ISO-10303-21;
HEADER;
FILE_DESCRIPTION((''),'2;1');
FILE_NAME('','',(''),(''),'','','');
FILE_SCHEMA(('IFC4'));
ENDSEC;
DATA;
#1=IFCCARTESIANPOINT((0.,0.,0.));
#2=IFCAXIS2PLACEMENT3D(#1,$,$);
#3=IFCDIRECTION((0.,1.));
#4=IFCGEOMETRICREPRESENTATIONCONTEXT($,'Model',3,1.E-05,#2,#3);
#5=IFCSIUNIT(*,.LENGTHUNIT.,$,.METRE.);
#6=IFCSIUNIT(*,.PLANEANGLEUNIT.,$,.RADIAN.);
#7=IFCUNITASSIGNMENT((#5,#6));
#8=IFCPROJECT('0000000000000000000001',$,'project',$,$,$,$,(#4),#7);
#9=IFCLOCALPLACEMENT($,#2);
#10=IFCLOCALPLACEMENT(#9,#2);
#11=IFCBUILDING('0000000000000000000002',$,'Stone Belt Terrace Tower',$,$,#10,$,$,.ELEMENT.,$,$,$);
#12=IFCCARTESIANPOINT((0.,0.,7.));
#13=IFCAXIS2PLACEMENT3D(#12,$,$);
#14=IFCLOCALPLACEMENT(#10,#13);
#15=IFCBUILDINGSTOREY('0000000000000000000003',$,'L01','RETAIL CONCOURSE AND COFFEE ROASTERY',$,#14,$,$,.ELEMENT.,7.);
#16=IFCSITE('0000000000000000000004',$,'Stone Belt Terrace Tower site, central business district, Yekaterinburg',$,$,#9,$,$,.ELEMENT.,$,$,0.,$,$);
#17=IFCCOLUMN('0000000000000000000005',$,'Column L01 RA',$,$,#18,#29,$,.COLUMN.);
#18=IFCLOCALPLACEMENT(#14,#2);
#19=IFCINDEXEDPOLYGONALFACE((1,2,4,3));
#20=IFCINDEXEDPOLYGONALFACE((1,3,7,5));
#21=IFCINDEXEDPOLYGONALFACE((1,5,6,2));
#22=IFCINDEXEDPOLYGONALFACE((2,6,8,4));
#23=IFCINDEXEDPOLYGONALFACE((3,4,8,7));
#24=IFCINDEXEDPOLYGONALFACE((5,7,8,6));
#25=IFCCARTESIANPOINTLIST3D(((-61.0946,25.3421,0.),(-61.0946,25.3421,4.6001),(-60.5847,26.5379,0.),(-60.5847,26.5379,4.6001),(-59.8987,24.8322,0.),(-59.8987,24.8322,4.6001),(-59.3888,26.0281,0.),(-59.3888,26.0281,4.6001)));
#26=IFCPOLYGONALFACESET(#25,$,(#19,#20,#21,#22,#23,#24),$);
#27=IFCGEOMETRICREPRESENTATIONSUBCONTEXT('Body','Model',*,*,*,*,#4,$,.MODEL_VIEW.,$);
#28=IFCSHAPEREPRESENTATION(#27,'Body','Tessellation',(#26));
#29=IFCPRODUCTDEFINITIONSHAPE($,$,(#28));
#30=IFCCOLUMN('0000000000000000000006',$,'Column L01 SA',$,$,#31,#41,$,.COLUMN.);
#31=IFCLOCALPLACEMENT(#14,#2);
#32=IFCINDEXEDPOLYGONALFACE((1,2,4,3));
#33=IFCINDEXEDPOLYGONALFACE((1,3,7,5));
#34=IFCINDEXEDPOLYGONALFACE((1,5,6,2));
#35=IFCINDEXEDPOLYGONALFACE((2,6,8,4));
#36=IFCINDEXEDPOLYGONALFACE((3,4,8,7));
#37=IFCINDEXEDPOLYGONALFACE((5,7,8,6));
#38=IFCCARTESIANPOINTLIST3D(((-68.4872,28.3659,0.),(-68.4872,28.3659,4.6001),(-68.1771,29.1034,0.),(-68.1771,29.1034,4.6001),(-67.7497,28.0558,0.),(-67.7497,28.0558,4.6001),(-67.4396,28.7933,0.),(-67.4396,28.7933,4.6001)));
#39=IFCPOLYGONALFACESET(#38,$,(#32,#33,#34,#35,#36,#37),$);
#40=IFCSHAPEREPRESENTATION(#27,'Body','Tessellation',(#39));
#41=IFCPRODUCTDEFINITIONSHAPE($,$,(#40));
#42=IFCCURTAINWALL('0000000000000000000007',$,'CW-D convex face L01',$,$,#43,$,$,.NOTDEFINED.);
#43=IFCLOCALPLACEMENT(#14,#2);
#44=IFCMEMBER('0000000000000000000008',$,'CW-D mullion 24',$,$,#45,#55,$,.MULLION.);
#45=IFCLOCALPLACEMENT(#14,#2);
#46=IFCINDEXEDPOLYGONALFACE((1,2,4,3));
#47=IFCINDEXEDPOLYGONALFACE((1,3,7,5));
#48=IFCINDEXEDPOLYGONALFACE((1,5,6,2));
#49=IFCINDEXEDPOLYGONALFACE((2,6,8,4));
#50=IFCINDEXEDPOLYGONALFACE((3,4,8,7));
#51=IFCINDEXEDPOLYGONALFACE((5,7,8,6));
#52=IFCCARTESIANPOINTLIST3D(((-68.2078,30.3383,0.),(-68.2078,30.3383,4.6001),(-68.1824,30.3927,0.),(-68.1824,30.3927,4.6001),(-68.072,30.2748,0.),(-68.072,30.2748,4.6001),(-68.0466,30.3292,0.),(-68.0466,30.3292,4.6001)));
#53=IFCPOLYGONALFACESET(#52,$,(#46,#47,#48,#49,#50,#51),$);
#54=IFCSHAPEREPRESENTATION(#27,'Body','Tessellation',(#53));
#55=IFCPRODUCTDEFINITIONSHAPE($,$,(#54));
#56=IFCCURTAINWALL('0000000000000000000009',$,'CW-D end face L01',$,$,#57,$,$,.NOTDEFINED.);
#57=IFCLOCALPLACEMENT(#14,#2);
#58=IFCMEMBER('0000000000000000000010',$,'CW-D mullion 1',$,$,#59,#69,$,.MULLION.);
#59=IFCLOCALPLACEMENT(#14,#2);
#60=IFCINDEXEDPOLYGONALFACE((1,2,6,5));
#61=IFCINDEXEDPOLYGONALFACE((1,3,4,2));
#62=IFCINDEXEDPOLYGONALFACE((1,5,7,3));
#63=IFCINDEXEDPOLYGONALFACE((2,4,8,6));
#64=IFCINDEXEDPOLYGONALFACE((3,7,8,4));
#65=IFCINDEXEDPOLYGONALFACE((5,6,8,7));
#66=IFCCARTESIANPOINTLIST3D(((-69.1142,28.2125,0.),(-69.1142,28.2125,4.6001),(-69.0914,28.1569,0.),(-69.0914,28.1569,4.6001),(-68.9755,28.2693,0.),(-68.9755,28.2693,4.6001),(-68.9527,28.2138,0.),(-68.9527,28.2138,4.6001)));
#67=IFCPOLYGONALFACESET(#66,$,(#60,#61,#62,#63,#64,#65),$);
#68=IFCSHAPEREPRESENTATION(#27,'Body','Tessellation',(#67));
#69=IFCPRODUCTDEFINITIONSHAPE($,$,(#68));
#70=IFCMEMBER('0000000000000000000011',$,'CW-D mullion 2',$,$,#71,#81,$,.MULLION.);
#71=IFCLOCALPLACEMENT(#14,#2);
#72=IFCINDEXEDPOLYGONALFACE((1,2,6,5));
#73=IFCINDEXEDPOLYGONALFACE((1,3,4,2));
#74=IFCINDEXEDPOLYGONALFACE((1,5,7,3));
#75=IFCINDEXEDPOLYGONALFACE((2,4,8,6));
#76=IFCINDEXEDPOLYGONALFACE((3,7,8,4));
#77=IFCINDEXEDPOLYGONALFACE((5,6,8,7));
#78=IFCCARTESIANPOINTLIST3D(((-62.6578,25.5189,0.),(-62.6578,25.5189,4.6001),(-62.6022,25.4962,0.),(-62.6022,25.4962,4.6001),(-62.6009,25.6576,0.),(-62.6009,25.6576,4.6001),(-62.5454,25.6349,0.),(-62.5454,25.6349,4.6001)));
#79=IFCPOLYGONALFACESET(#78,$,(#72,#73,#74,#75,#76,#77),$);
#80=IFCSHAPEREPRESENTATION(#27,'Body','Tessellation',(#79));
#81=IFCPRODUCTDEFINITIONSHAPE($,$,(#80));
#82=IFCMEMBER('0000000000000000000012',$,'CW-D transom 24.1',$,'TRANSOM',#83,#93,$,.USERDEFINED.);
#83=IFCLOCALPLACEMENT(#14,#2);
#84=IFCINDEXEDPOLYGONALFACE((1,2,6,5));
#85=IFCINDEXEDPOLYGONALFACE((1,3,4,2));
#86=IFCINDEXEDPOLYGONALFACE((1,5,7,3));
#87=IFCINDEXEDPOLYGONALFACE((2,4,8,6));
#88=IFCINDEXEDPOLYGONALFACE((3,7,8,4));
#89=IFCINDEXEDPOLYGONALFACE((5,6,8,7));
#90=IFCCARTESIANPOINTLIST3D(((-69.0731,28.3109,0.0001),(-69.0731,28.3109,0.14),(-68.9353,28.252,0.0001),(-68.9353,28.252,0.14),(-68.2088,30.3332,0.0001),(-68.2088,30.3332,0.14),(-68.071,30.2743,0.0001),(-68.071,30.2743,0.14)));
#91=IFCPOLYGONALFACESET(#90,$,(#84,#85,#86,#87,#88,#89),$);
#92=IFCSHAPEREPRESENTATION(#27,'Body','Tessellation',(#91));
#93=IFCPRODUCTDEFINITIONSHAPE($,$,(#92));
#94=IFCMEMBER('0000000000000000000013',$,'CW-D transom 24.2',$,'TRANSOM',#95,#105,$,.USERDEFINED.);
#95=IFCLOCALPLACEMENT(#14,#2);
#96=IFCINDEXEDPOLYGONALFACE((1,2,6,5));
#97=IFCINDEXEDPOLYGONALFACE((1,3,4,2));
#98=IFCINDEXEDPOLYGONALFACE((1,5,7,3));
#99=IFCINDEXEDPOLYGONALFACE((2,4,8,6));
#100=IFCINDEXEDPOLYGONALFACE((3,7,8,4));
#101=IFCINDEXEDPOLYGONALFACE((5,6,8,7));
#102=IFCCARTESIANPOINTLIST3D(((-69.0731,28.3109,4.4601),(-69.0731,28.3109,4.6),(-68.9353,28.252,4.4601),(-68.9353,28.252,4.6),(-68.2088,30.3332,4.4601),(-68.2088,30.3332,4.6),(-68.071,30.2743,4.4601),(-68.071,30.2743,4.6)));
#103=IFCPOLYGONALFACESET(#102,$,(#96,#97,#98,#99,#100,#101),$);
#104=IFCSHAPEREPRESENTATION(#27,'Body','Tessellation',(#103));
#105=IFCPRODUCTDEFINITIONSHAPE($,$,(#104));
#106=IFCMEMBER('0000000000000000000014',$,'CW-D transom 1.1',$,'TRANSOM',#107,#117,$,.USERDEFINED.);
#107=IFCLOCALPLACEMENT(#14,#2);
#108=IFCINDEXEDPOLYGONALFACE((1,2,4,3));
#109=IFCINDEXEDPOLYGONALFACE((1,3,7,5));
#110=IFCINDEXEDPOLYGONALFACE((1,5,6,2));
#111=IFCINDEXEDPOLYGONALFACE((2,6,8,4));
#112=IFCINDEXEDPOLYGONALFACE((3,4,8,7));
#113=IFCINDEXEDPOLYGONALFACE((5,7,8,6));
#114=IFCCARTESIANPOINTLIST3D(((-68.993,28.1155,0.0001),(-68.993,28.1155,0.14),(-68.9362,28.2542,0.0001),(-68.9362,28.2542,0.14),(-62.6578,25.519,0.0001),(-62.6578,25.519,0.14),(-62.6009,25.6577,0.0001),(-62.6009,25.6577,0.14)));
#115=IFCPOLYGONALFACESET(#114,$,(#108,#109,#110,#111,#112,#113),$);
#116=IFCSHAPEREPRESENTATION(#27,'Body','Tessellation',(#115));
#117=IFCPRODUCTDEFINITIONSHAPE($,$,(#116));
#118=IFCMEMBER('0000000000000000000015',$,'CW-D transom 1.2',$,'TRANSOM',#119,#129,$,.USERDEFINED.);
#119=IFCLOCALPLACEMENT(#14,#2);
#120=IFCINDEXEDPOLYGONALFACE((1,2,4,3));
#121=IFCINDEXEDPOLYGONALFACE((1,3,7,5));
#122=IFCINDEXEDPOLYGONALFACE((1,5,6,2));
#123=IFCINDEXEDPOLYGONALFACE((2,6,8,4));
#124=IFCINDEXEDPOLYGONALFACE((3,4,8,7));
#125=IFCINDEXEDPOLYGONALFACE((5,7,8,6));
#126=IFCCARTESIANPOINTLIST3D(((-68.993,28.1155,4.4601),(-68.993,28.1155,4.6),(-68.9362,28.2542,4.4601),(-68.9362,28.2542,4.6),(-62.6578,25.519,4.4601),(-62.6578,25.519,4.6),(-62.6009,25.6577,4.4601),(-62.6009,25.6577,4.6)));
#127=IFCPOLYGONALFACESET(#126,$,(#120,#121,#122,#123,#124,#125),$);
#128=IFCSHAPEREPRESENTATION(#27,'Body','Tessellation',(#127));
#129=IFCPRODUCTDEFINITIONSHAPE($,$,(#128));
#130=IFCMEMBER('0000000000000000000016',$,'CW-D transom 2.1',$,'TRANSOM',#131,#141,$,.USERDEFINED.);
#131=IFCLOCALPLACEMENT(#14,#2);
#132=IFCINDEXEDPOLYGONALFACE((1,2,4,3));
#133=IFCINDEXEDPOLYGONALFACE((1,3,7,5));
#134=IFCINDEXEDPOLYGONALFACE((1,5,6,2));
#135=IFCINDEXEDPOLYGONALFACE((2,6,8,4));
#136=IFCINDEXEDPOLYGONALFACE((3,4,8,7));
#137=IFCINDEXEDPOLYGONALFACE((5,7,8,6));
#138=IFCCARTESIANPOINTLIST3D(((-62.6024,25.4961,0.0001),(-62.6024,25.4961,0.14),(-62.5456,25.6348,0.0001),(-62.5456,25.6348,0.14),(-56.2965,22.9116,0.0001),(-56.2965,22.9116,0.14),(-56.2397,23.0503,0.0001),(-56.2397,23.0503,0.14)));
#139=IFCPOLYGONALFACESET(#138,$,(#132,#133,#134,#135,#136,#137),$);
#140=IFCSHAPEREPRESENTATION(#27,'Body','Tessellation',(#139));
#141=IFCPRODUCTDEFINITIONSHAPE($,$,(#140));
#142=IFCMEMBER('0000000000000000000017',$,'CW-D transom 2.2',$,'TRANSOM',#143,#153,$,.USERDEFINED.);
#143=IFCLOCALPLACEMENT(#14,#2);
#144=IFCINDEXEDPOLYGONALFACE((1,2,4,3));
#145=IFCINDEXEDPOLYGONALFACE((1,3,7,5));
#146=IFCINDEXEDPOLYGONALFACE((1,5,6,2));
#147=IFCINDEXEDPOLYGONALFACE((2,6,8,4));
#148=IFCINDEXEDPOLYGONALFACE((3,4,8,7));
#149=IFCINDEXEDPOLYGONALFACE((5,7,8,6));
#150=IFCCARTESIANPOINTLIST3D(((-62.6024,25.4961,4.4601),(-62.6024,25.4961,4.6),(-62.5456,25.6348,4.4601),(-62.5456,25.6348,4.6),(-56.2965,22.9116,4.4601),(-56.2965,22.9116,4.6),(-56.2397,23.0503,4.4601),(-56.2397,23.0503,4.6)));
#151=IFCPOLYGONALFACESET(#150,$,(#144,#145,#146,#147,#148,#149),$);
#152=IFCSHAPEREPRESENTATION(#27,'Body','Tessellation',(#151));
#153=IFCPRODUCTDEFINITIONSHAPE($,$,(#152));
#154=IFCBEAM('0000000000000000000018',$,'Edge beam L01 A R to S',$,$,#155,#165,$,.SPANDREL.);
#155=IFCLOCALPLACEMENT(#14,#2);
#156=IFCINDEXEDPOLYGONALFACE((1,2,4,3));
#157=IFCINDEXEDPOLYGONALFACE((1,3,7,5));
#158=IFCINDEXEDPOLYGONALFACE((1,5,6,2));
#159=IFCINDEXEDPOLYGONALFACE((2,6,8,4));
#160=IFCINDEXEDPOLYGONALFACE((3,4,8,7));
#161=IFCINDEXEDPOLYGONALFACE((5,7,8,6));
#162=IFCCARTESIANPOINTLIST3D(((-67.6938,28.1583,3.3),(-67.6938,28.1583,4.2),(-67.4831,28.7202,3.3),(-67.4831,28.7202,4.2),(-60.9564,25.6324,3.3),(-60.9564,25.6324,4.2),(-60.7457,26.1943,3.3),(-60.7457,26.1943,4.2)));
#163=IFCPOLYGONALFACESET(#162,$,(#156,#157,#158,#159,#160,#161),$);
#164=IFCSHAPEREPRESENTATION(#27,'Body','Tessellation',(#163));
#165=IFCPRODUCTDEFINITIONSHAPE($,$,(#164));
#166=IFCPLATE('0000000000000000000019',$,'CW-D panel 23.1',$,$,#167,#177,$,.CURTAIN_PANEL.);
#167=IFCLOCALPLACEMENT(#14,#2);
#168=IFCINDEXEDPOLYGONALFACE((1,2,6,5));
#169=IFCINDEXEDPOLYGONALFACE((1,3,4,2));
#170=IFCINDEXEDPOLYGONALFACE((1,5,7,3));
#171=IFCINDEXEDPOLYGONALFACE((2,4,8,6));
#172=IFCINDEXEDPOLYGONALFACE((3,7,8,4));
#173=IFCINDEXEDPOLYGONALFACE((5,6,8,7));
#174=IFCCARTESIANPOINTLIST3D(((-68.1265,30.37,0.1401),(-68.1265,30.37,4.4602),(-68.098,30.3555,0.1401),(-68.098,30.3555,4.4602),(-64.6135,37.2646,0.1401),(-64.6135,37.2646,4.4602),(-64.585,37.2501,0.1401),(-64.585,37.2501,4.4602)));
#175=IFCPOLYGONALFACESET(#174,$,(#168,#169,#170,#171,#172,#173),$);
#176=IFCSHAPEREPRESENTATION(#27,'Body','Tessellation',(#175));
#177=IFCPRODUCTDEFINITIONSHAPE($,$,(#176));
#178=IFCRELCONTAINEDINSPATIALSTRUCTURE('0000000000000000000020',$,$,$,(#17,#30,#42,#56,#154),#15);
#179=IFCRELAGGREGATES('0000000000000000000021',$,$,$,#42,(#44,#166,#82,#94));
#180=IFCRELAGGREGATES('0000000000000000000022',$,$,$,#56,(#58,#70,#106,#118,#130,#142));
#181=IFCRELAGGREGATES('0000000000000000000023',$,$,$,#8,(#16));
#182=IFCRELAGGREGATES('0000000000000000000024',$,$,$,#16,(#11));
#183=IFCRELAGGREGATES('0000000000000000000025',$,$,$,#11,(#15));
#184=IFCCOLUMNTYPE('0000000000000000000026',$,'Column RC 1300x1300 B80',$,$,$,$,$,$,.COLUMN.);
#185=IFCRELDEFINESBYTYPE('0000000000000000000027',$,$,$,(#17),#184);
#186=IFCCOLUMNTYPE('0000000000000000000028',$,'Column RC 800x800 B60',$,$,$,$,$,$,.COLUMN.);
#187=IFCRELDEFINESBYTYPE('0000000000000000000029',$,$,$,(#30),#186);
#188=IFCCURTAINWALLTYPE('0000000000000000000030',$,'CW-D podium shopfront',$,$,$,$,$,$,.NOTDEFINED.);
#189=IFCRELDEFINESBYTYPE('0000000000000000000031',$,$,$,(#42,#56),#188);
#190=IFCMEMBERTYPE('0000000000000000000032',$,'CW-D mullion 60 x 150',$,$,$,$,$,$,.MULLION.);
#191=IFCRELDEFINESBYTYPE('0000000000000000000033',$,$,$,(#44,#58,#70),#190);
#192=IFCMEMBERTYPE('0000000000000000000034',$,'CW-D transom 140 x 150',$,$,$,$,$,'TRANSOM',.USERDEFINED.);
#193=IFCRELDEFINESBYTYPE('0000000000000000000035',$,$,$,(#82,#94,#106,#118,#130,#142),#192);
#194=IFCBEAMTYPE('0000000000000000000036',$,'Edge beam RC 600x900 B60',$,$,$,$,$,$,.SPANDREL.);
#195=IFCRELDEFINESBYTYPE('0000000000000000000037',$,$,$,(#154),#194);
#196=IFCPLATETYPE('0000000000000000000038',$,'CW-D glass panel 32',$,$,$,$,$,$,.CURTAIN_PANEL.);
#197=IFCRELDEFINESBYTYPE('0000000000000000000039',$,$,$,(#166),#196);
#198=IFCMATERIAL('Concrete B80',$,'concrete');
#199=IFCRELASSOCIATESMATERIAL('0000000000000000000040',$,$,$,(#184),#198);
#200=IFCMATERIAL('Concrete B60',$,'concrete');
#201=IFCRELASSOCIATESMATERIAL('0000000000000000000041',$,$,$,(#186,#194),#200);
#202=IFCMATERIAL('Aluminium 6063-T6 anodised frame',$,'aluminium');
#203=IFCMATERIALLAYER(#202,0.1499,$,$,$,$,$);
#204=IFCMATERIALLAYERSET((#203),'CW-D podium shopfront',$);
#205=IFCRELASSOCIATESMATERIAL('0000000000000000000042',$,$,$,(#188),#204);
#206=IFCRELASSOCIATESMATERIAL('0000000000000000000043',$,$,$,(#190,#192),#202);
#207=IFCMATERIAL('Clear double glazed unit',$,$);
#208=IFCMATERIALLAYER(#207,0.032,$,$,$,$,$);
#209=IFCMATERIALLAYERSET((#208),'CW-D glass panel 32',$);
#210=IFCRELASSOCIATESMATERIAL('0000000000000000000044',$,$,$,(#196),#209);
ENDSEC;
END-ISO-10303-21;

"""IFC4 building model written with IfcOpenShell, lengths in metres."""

from ifc_helpers import new_model, si_unit, direction, frame, origin, origin_2d, place, context, subcontext, project, spatial, rectangle, extrude, material, layer, layer_set, material_profile, profile_set, type_object, element, aggregate, save


model = new_model("IFC4")

# Units and contexts
model_context = context("Model", 3, precision=1e-05, world=origin(), true_north=direction((0.0, 1.0)))
body_context = subcontext(model_context, "Body", "Model", "MODEL_VIEW")
ifc_project = project(units=[si_unit("LENGTHUNIT", "METRE"), si_unit("PLANEANGLEUNIT", "RADIAN")], contexts=[model_context])

# Site, building, storey
site_placement = place(None, origin())
site = spatial("IfcSite", under=ifc_project, at=site_placement, Name="Stone Belt Terrace Tower site, central business district, Yekaterinburg", CompositionType="ELEMENT", RefElevation=0.0)
building_placement = place(site_placement, origin())
building = spatial("IfcBuilding", under=site, at=building_placement, Name="Stone Belt Terrace Tower", CompositionType="ELEMENT")
storey_placement = place(building_placement, frame((0.0, 0.0, 7.0)))
storey = spatial("IfcBuildingStorey", under=building, at=storey_placement, Name="L01", Description="RETAIL CONCOURSE AND COFFEE ROASTERY", CompositionType="ELEMENT", Elevation=7.0)

# Columns
ifc_material_1 = material(Name="Concrete B80", Category="concrete")
ifc_material_profile_1 = material_profile(ifc_material_1, rectangle(XDim=1.3, YDim=1.3, at=origin_2d()), Name="RC 1300x1300")
ifc_profile_set_1 = profile_set([ifc_material_profile_1], Name="Concrete B80")
column_type_1 = type_object("IfcColumnType", Name="Column RC 1300x1300 B80", PredefinedType="COLUMN", material=ifc_profile_set_1)
column_1_placement = place(storey_placement, frame((-60.2417, 25.6851, 0.0), z_axis=(0.0, 0.0, 1.0), x_axis=(0.392204, 0.919878, 0.0)))
element("IfcColumn", 1, at=column_1_placement, inside=storey, type_object=column_type_1, Name="Column L01 RA", PredefinedType="COLUMN", context=body_context, shape_type="SweptSolid", body=[
    extrude(rectangle(XDim=1.3, YDim=1.3, at=origin_2d()), origin(), (0.0, 0.0, 1.0), 4.6001),
])
ifc_material_2 = material(Name="Concrete B60", Category="concrete")
ifc_material_profile_2 = material_profile(ifc_material_2, rectangle(XDim=0.8, YDim=0.8, at=origin_2d()), Name="RC 800x800")
ifc_profile_set_2 = profile_set([ifc_material_profile_2], Name="Concrete B60")
column_type_2 = type_object("IfcColumnType", Name="Column RC 800x800 B60", PredefinedType="COLUMN", material=ifc_profile_set_2)
column_2_placement = place(storey_placement, frame((-67.9634, 28.5796, 0.0), z_axis=(0.0, 0.0, 1.0), x_axis=(0.387636, 0.921812, 0.0)))
element("IfcColumn", 2, at=column_2_placement, inside=storey, type_object=column_type_2, Name="Column L01 SA", PredefinedType="COLUMN", context=body_context, shape_type="SweptSolid", body=[
    extrude(rectangle(XDim=0.8, YDim=0.8, at=origin_2d()), origin(), (0.0, 0.0, 1.0), 4.6001),
])

# Curtain wall, member
ifc_material_3 = material(Name="Aluminium 6063-T6 anodised frame", Category="aluminium")
ifc_layer_1 = layer(ifc_material_3, 0.1499)
ifc_layer_set_1 = layer_set([ifc_layer_1], Name="CW-D podium shopfront")
curtain_wall_type = type_object("IfcCurtainWallType", Name="CW-D podium shopfront", PredefinedType="NOTDEFINED", material=ifc_layer_set_1)
curtain_wall_1_placement = place(storey_placement, origin())
curtain_wall_1 = element("IfcCurtainWall", 3, at=curtain_wall_1_placement, inside=storey, type_object=curtain_wall_type, Name="CW-D convex face L01", PredefinedType="NOTDEFINED")
ifc_material_profile_3 = material_profile(ifc_material_3, rectangle(XDim=0.1499, YDim=0.0601, at=origin_2d()), Name="Aluminium 6063-T6 60x150")
ifc_profile_set_3 = profile_set([ifc_material_profile_3], Name="Aluminium 6063-T6 anodised frame")
member_type_1 = type_object("IfcMemberType", Name="CW-D mullion 60 x 150", PredefinedType="MULLION", material=ifc_profile_set_3)
member_1_placement = place(storey_placement, frame((-68.1272, 30.3337, 0.0), z_axis=(0.0, 0.0, 1.0), x_axis=(0.905778, -0.423752, 0.0)))
member_1 = element("IfcMember", 4, at=member_1_placement, type_object=member_type_1, Name="CW-D mullion 24", PredefinedType="MULLION", context=body_context, shape_type="SweptSolid", body=[
    extrude(rectangle(XDim=0.1499, YDim=0.0601, at=origin_2d()), origin(), (0.0, 0.0, 1.0), 4.6001),
])

# Curtain wall, members
curtain_wall_2_placement = place(storey_placement, origin())
curtain_wall_2 = element("IfcCurtainWall", 5, at=curtain_wall_2_placement, inside=storey, type_object=curtain_wall_type, Name="CW-D end face L01", PredefinedType="NOTDEFINED")
member_2_placement = place(storey_placement, frame((-69.0334, 28.2131, 0.0), z_axis=(0.0, 0.0, 1.0), x_axis=(0.92531, 0.379212, 0.0)))
member_2 = element("IfcMember", 6, at=member_2_placement, type_object=member_type_1, Name="CW-D mullion 1", PredefinedType="MULLION", context=body_context, shape_type="SweptSolid", body=[
    extrude(rectangle(XDim=0.1499, YDim=0.0601, at=origin_2d()), origin(), (0.0, 0.0, 1.0), 4.6001),
])
member_3_placement = place(storey_placement, frame((-62.6016, 25.5769, 0.0), z_axis=(0.0, 0.0, 1.0), x_axis=(0.379243, 0.925297, 0.0)))
member_3 = element("IfcMember", 7, at=member_3_placement, type_object=member_type_1, Name="CW-D mullion 2", PredefinedType="MULLION", context=body_context, shape_type="SweptSolid", body=[
    extrude(rectangle(XDim=0.1499, YDim=0.0601, at=origin_2d()), origin(), (0.0, 0.0, 1.0), 4.6001),
])

# Members
ifc_material_profile_4 = material_profile(ifc_material_3, rectangle(XDim=0.1499, YDim=0.1399, at=origin_2d()), Name="Aluminium 6063-T6 150x140")
ifc_profile_set_4 = profile_set([ifc_material_profile_4], Name="Aluminium 6063-T6 anodised frame")
member_type_2 = type_object("IfcMemberType", Name="CW-D transom 140 x 150", ElementType="TRANSOM", PredefinedType="USERDEFINED", material=ifc_profile_set_4)
member_4_placement = place(storey_placement, frame((-68.1399, 30.3037, 0.0701), z_axis=(-0.392995, -0.919541, 0.0), x_axis=(0.919541, -0.392995, 0.0)))
member_4 = element("IfcMember", 8, at=member_4_placement, type_object=member_type_2, Name="CW-D transom 24.1", ObjectType="TRANSOM", PredefinedType="USERDEFINED", context=body_context, shape_type="SweptSolid", body=[
    extrude(rectangle(XDim=0.1499, YDim=0.1399, at=origin_2d()), origin(), (0.0, 0.0, 1.0), 2.1992),
])
member_5_placement = place(storey_placement, frame((-68.1399, 30.3037, 4.53), z_axis=(-0.392995, -0.919541, 0.0), x_axis=(0.919541, -0.392995, 0.0)))
member_5 = element("IfcMember", 9, at=member_5_placement, type_object=member_type_2, Name="CW-D transom 24.2", ObjectType="TRANSOM", PredefinedType="USERDEFINED", context=body_context, shape_type="SweptSolid", body=[
    extrude(rectangle(XDim=0.1499, YDim=0.1399, at=origin_2d()), origin(), (0.0, 0.0, 1.0), 2.1992),
])
member_6_placement = place(storey_placement, frame((-68.9646, 28.1848, 0.0701), z_axis=(0.925303, -0.379228, 0.0), x_axis=(0.379228, 0.925303, 0.0)))
member_6 = element("IfcMember", 10, at=member_6_placement, type_object=member_type_2, Name="CW-D transom 1.1", ObjectType="TRANSOM", PredefinedType="USERDEFINED", context=body_context, shape_type="SweptSolid", body=[
    extrude(rectangle(XDim=0.1499, YDim=0.1399, at=origin_2d()), origin(), (0.0, 0.0, 1.0), 6.8467),
])
member_7_placement = place(storey_placement, frame((-68.9646, 28.1848, 4.53), z_axis=(0.925303, -0.379228, 0.0), x_axis=(0.379228, 0.925303, 0.0)))
member_7 = element("IfcMember", 11, at=member_7_placement, type_object=member_type_2, Name="CW-D transom 1.2", ObjectType="TRANSOM", PredefinedType="USERDEFINED", context=body_context, shape_type="SweptSolid", body=[
    extrude(rectangle(XDim=0.1499, YDim=0.1399, at=origin_2d()), origin(), (0.0, 0.0, 1.0), 6.8467),
])
member_8_placement = place(storey_placement, frame((-62.574, 25.5654, 0.0701), z_axis=(0.925301, -0.379234, 0.0), x_axis=(0.379234, 0.925301, 0.0)))
member_8 = element("IfcMember", 12, at=member_8_placement, type_object=member_type_2, Name="CW-D transom 2.1", ObjectType="TRANSOM", PredefinedType="USERDEFINED", context=body_context, shape_type="SweptSolid", body=[
    extrude(rectangle(XDim=0.1499, YDim=0.1399, at=origin_2d()), origin(), (0.0, 0.0, 1.0), 6.8149),
])
member_9_placement = place(storey_placement, frame((-62.574, 25.5654, 4.53), z_axis=(0.925301, -0.379234, 0.0), x_axis=(0.379234, 0.925301, 0.0)))
member_9 = element("IfcMember", 13, at=member_9_placement, type_object=member_type_2, Name="CW-D transom 2.2", ObjectType="TRANSOM", PredefinedType="USERDEFINED", context=body_context, shape_type="SweptSolid", body=[
    extrude(rectangle(XDim=0.1499, YDim=0.1399, at=origin_2d()), origin(), (0.0, 0.0, 1.0), 6.8149),
])

# Beam
ifc_material_profile_5 = material_profile(ifc_material_2, rectangle(XDim=0.6001, YDim=0.8999, at=origin_2d()), Name="RC 600x900")
ifc_profile_set_5 = profile_set([ifc_material_profile_5], Name="Concrete B60")
beam_type = type_object("IfcBeamType", Name="Edge beam RC 600x900 B60", PredefinedType="SPANDREL", material=ifc_profile_set_5)
beam_placement = place(storey_placement, frame((-60.8511, 25.9133, 3.75), z_axis=(-0.936357, 0.351049, 0.0), x_axis=(-0.351049, -0.936357, 0.0)))
element("IfcBeam", 14, at=beam_placement, inside=storey, type_object=beam_type, Name="Edge beam L01 A R to S", PredefinedType="SPANDREL", context=body_context, shape_type="SweptSolid", body=[
    extrude(rectangle(XDim=0.6001, YDim=0.8999, at=origin_2d()), origin(), (0.0, 0.0, 1.0), 7.1953),
])

# Plate
ifc_material_4 = material(Name="Clear double glazed unit")
ifc_layer_2 = layer(ifc_material_4, 0.032)
ifc_layer_set_2 = layer_set([ifc_layer_2], Name="CW-D glass panel 32")
plate_type = type_object("IfcPlateType", Name="CW-D glass panel 32", PredefinedType="CURTAIN_PANEL", material=ifc_layer_set_2)
plate_1_placement = place(storey_placement, frame((-66.3557, 33.8101, 0.1401), z_axis=(0.0, 0.0, 1.0), x_axis=(-0.45399, -0.891007, 0.0)))
plate_1 = element("IfcPlate", 15, at=plate_1_placement, type_object=plate_type, Name="CW-D panel 23.1", PredefinedType="CURTAIN_PANEL", context=body_context, shape_type="SweptSolid", body=[
    extrude(rectangle(XDim=7.738, YDim=0.032, at=origin_2d()), origin(), (0.0, 0.0, 1.0), 4.3201),
])
aggregate(curtain_wall_1, [member_1, plate_1, member_4, member_5])
aggregate(curtain_wall_2, [member_2, member_3, member_6, member_7, member_8, member_9])

save(model, "model.ifc")
